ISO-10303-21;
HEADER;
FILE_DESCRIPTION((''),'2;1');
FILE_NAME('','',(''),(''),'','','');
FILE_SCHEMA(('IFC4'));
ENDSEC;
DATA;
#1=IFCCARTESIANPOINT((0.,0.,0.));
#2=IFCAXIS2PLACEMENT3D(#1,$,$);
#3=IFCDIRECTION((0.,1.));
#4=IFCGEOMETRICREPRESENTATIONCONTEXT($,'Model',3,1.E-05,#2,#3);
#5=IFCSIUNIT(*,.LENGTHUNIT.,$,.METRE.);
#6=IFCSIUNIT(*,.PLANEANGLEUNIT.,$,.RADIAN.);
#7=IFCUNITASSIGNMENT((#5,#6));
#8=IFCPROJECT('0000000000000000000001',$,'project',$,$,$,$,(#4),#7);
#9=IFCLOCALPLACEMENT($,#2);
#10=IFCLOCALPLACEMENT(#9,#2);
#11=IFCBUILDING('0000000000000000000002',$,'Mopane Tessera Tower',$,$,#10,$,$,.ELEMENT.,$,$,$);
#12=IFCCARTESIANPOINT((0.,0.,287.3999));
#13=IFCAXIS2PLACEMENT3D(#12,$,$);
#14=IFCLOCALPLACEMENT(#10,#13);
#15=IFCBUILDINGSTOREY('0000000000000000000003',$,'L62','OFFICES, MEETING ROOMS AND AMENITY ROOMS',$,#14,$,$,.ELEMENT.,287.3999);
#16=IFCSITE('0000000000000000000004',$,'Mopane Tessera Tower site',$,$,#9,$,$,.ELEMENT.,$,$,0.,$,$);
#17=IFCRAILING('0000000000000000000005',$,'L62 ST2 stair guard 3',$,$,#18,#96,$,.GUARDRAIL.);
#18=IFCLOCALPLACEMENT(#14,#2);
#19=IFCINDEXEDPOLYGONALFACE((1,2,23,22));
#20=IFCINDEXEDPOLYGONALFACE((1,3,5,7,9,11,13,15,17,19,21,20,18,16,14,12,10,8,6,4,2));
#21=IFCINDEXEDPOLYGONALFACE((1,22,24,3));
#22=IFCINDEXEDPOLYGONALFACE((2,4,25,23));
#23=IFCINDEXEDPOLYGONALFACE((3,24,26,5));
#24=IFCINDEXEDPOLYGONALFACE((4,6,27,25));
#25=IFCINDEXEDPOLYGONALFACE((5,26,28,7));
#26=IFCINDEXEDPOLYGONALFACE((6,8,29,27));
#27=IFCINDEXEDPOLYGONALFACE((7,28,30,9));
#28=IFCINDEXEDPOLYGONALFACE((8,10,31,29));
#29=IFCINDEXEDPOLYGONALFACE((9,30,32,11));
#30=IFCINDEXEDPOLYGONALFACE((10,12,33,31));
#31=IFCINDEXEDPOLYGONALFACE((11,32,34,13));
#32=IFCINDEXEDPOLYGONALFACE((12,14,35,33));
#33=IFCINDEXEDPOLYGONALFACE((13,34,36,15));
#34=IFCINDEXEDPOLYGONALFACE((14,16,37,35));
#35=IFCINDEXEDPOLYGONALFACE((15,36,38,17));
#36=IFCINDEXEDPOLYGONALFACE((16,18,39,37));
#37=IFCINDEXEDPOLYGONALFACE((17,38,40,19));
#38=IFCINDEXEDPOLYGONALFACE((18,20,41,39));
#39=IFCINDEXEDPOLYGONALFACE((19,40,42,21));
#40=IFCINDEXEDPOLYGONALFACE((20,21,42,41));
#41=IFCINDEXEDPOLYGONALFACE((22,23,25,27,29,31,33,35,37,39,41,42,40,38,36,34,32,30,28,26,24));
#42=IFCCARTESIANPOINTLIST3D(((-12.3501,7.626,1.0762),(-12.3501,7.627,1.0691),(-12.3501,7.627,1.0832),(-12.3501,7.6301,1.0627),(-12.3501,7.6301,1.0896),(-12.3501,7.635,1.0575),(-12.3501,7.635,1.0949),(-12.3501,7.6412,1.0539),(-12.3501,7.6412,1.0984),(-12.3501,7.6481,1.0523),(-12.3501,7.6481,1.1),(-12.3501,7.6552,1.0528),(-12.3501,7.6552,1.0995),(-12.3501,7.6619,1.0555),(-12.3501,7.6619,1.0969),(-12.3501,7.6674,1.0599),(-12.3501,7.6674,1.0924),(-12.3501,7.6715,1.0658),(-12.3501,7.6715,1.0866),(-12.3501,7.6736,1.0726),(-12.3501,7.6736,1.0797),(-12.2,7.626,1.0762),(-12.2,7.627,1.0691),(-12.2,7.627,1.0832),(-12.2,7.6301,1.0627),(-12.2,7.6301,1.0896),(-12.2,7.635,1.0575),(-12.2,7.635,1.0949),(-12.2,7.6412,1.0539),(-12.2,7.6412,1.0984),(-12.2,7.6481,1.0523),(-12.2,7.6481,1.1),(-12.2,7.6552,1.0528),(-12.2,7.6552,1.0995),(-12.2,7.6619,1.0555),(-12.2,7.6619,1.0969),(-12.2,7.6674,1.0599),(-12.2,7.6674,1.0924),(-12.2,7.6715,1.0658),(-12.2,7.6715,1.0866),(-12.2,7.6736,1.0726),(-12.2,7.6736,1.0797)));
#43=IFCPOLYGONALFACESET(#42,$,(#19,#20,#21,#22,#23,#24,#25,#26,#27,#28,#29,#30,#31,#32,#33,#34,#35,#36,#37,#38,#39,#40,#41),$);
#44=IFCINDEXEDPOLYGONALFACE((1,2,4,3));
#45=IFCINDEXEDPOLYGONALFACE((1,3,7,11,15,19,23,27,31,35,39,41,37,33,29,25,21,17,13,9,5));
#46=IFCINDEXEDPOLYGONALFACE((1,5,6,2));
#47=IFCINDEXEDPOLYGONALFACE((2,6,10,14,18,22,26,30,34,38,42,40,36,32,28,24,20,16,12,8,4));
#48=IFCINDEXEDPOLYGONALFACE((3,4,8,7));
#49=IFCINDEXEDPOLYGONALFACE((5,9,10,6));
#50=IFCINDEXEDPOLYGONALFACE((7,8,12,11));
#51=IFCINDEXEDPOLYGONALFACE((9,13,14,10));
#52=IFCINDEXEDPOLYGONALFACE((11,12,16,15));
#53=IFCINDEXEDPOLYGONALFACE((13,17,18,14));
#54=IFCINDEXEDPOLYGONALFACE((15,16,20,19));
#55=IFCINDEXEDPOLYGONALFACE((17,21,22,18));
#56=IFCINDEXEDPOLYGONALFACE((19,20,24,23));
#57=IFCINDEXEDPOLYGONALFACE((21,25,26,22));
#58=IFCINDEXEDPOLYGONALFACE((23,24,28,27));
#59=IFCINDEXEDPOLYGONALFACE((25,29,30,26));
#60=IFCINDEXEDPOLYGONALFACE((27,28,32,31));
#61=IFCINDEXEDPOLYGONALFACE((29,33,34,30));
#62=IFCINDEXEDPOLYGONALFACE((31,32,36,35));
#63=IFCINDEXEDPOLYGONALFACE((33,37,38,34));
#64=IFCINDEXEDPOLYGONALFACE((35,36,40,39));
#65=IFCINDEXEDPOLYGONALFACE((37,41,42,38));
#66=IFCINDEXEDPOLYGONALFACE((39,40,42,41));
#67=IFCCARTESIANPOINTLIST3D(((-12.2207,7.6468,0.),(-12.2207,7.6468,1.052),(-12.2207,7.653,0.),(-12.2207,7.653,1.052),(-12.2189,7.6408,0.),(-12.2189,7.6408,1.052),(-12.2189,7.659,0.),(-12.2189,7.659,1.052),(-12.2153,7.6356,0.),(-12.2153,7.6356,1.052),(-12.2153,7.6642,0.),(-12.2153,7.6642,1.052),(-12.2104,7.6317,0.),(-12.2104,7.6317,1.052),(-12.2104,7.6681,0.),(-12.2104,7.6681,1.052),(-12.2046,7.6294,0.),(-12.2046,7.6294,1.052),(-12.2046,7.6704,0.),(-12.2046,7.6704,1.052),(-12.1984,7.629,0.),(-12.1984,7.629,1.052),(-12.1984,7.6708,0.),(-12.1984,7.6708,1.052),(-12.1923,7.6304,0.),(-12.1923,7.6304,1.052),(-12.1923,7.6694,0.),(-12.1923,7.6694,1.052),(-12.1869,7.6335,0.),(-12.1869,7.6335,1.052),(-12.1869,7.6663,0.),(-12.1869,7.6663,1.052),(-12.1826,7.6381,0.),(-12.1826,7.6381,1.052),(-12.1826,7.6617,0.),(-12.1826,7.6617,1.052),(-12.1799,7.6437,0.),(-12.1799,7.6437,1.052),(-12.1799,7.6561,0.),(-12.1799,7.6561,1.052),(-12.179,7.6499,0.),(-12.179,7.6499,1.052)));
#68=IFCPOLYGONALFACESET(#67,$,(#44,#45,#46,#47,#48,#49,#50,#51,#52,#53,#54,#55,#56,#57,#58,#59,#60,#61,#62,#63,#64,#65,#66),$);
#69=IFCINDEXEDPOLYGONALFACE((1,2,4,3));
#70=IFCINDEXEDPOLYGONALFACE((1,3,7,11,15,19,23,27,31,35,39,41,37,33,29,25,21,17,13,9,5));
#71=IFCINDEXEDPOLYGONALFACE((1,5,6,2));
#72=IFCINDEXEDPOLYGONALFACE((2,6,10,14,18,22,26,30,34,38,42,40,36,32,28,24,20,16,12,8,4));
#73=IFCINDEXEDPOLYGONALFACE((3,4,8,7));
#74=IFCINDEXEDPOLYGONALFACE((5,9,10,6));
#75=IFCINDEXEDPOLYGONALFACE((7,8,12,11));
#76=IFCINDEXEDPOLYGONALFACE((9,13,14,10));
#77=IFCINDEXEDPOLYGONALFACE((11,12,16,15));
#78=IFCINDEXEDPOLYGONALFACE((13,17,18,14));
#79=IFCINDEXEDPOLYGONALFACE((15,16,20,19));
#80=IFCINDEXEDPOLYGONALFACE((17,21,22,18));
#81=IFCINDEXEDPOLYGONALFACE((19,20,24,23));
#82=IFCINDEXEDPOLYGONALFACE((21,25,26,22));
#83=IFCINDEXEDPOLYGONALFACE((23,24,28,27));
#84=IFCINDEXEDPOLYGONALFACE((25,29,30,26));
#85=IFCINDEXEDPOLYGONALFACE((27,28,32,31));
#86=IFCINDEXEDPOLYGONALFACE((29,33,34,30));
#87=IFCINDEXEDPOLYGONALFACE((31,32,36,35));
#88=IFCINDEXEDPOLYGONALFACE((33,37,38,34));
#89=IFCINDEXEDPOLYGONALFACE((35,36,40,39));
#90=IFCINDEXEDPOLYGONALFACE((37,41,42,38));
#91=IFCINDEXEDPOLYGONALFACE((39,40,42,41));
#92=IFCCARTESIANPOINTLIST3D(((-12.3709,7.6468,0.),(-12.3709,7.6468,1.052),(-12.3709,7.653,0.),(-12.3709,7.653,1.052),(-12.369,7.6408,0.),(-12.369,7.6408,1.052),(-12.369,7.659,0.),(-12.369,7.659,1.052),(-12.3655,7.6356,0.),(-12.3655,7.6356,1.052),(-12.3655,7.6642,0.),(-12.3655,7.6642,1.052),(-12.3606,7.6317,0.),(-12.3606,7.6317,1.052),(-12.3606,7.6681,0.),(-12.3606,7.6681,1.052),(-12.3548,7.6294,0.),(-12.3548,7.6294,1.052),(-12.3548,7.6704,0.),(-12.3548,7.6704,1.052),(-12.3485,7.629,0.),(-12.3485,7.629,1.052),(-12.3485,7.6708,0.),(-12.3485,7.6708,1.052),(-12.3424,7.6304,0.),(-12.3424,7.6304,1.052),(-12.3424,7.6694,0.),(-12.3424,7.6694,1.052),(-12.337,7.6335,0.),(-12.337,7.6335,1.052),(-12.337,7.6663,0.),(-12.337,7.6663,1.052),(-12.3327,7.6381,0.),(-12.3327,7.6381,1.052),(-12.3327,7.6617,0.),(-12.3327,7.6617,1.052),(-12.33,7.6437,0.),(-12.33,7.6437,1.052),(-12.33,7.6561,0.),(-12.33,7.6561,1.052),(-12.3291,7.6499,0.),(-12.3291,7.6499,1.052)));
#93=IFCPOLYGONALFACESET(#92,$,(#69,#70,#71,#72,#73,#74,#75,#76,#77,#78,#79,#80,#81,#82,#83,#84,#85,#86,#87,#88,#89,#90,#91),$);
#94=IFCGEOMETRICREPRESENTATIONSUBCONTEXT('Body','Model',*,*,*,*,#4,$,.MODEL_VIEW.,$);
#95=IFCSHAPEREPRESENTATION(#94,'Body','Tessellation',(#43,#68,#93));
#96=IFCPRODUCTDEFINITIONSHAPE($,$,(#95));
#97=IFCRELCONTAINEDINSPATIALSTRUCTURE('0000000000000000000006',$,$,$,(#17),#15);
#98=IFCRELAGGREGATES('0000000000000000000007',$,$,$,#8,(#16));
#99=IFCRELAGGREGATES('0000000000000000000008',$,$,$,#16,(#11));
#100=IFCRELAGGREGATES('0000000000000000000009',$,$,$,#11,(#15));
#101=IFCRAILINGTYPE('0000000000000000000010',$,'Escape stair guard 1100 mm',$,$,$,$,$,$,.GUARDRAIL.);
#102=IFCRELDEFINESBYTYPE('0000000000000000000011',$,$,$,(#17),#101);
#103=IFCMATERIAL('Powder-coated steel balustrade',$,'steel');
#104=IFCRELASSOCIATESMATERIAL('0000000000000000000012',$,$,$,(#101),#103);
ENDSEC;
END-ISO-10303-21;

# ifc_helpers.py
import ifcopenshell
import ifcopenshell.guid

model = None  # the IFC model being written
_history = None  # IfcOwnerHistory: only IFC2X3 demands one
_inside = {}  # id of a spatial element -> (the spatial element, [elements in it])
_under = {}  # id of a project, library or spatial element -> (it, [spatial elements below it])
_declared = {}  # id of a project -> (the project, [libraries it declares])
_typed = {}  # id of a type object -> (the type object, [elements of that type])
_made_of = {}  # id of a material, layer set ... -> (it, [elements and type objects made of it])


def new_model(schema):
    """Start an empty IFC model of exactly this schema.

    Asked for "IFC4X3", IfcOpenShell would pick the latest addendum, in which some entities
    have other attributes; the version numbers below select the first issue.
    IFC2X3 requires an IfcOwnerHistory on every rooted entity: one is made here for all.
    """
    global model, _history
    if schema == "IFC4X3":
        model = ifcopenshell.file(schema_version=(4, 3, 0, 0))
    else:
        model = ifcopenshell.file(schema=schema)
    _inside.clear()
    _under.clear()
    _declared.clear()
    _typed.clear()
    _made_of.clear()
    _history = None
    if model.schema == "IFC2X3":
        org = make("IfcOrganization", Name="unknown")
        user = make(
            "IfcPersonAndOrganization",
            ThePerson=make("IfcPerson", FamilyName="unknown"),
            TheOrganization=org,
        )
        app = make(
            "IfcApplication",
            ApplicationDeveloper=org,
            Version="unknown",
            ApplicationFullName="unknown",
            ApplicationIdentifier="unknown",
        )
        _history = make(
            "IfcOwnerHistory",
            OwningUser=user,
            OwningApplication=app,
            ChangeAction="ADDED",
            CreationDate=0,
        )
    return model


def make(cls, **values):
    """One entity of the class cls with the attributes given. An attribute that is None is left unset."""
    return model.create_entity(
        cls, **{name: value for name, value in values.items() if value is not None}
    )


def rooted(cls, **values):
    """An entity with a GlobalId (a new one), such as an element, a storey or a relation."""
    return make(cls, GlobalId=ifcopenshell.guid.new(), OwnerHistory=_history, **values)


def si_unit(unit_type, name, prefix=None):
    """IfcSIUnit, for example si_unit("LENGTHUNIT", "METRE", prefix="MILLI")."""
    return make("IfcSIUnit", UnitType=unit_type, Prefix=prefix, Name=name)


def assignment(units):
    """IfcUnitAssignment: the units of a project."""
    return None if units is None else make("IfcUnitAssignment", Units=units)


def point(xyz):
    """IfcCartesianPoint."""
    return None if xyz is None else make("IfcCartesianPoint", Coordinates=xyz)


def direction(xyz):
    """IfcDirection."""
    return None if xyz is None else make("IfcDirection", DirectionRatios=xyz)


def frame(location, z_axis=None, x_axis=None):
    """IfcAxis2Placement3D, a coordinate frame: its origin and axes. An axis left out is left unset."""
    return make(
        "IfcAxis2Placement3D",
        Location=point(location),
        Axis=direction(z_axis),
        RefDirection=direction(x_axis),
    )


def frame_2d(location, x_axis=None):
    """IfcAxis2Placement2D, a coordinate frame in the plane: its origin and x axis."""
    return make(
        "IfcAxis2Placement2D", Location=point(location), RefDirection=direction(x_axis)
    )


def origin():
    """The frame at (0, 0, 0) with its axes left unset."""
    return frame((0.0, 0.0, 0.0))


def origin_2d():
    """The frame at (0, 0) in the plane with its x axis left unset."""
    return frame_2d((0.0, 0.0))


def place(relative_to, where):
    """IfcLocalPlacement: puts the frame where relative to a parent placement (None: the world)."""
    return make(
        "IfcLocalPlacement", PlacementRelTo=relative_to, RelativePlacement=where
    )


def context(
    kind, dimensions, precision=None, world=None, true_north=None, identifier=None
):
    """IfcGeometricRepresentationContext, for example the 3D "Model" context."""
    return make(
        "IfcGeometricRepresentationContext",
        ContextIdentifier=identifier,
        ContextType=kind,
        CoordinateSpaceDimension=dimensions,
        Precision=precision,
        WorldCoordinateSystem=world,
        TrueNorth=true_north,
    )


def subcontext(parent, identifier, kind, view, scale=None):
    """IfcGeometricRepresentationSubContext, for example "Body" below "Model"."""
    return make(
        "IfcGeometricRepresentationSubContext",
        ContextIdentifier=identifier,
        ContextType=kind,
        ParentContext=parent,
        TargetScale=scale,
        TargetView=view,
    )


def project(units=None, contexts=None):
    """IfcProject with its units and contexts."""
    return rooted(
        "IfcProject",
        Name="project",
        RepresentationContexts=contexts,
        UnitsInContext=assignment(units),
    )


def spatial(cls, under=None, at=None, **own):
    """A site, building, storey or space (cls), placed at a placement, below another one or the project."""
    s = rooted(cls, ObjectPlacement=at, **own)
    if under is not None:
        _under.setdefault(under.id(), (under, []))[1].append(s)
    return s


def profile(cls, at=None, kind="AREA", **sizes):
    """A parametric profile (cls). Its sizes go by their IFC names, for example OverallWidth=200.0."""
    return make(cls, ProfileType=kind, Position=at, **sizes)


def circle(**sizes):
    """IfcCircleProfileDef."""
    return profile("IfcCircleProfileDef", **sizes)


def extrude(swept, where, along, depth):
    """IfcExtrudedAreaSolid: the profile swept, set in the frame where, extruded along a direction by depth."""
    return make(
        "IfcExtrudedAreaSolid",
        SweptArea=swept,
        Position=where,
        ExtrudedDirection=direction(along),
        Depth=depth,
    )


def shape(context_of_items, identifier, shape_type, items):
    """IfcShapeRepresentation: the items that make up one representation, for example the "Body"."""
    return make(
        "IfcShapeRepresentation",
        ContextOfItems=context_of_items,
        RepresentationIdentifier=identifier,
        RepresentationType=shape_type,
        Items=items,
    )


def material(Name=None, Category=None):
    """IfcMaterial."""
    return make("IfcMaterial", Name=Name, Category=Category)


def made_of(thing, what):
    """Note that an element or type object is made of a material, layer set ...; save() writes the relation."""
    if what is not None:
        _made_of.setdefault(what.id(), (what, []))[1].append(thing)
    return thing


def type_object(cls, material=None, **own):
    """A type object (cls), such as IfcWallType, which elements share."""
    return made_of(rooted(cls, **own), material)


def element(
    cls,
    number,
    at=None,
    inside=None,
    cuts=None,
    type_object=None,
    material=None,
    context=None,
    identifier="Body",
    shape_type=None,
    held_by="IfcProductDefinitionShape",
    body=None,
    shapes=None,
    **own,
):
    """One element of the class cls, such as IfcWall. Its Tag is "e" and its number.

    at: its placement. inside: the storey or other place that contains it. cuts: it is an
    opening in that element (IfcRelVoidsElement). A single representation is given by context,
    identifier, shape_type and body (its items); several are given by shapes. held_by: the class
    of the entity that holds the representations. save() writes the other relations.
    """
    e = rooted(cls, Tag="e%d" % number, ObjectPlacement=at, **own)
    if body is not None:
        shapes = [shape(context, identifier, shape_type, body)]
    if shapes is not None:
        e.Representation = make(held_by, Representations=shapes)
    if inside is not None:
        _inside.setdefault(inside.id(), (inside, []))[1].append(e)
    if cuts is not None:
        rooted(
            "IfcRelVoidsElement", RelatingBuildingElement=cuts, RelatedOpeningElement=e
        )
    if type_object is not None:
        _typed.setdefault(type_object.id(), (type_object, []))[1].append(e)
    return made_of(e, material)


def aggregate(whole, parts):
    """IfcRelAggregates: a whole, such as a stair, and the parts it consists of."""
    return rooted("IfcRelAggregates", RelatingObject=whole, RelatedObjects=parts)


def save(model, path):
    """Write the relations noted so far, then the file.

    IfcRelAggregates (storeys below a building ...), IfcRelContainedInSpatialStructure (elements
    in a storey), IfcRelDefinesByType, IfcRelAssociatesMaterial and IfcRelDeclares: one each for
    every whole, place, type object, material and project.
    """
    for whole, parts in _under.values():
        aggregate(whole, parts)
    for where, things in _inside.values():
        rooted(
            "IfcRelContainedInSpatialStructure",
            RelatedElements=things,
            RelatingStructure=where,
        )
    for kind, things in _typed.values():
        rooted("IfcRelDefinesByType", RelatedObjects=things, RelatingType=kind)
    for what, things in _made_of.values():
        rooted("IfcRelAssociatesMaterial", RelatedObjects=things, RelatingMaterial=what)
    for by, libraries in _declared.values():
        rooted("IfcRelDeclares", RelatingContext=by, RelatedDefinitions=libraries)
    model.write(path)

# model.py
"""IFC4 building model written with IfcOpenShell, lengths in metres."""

from ifc_helpers import new_model, si_unit, direction, frame, origin, origin_2d, place, context, subcontext, project, spatial, circle, extrude, material, type_object, element, save


model = new_model("IFC4")

# Units and contexts
model_context = context("Model", 3, precision=1e-05, world=origin(), true_north=direction((0.0, 1.0)))
body_context = subcontext(model_context, "Body", "Model", "MODEL_VIEW")
ifc_project = project(units=[si_unit("LENGTHUNIT", "METRE"), si_unit("PLANEANGLEUNIT", "RADIAN")], contexts=[model_context])

# Site, building, storey
site_placement = place(None, origin())
site = spatial("IfcSite", under=ifc_project, at=site_placement, Name="Mopane Tessera Tower site", CompositionType="ELEMENT", RefElevation=0.0)
building_placement = place(site_placement, origin())
building = spatial("IfcBuilding", under=site, at=building_placement, Name="Mopane Tessera Tower", CompositionType="ELEMENT")
storey_placement = place(building_placement, frame((0.0, 0.0, 287.3999)))
storey = spatial("IfcBuildingStorey", under=building, at=storey_placement, Name="L62", Description="OFFICES, MEETING ROOMS AND AMENITY ROOMS", CompositionType="ELEMENT", Elevation=287.3999)

# Railing
ifc_material_1 = material(Name="Powder-coated steel balustrade", Category="steel")
railing_type_1 = type_object("IfcRailingType", Name="Escape stair guard 1100 mm", PredefinedType="GUARDRAIL", material=ifc_material_1)
railing_1_placement = place(storey_placement, frame((-12.2, 7.6499, 0.0)))
element("IfcRailing", 1, at=railing_1_placement, inside=storey, type_object=railing_type_1, Name="L62 ST2 stair guard 3", PredefinedType="GUARDRAIL", context=body_context, shape_type="SweptSolid", body=[
    extrude(circle(Radius=0.0239, at=origin_2d()), frame((0.0, 0.0, 1.0762), z_axis=(-1.0, 0.0, 0.0), x_axis=(0.0, -1.0, 0.0)), (0.0, 0.0, 1.0), 0.1501),
    extrude(circle(Radius=0.021, at=origin_2d()), origin(), (0.0, 0.0, 1.0), 1.052),
    extrude(circle(Radius=0.021, at=origin_2d()), frame((-0.1501, 0.0, 0.0)), (0.0, 0.0, 1.0), 1.052),
])

save(model, "model.ifc")
